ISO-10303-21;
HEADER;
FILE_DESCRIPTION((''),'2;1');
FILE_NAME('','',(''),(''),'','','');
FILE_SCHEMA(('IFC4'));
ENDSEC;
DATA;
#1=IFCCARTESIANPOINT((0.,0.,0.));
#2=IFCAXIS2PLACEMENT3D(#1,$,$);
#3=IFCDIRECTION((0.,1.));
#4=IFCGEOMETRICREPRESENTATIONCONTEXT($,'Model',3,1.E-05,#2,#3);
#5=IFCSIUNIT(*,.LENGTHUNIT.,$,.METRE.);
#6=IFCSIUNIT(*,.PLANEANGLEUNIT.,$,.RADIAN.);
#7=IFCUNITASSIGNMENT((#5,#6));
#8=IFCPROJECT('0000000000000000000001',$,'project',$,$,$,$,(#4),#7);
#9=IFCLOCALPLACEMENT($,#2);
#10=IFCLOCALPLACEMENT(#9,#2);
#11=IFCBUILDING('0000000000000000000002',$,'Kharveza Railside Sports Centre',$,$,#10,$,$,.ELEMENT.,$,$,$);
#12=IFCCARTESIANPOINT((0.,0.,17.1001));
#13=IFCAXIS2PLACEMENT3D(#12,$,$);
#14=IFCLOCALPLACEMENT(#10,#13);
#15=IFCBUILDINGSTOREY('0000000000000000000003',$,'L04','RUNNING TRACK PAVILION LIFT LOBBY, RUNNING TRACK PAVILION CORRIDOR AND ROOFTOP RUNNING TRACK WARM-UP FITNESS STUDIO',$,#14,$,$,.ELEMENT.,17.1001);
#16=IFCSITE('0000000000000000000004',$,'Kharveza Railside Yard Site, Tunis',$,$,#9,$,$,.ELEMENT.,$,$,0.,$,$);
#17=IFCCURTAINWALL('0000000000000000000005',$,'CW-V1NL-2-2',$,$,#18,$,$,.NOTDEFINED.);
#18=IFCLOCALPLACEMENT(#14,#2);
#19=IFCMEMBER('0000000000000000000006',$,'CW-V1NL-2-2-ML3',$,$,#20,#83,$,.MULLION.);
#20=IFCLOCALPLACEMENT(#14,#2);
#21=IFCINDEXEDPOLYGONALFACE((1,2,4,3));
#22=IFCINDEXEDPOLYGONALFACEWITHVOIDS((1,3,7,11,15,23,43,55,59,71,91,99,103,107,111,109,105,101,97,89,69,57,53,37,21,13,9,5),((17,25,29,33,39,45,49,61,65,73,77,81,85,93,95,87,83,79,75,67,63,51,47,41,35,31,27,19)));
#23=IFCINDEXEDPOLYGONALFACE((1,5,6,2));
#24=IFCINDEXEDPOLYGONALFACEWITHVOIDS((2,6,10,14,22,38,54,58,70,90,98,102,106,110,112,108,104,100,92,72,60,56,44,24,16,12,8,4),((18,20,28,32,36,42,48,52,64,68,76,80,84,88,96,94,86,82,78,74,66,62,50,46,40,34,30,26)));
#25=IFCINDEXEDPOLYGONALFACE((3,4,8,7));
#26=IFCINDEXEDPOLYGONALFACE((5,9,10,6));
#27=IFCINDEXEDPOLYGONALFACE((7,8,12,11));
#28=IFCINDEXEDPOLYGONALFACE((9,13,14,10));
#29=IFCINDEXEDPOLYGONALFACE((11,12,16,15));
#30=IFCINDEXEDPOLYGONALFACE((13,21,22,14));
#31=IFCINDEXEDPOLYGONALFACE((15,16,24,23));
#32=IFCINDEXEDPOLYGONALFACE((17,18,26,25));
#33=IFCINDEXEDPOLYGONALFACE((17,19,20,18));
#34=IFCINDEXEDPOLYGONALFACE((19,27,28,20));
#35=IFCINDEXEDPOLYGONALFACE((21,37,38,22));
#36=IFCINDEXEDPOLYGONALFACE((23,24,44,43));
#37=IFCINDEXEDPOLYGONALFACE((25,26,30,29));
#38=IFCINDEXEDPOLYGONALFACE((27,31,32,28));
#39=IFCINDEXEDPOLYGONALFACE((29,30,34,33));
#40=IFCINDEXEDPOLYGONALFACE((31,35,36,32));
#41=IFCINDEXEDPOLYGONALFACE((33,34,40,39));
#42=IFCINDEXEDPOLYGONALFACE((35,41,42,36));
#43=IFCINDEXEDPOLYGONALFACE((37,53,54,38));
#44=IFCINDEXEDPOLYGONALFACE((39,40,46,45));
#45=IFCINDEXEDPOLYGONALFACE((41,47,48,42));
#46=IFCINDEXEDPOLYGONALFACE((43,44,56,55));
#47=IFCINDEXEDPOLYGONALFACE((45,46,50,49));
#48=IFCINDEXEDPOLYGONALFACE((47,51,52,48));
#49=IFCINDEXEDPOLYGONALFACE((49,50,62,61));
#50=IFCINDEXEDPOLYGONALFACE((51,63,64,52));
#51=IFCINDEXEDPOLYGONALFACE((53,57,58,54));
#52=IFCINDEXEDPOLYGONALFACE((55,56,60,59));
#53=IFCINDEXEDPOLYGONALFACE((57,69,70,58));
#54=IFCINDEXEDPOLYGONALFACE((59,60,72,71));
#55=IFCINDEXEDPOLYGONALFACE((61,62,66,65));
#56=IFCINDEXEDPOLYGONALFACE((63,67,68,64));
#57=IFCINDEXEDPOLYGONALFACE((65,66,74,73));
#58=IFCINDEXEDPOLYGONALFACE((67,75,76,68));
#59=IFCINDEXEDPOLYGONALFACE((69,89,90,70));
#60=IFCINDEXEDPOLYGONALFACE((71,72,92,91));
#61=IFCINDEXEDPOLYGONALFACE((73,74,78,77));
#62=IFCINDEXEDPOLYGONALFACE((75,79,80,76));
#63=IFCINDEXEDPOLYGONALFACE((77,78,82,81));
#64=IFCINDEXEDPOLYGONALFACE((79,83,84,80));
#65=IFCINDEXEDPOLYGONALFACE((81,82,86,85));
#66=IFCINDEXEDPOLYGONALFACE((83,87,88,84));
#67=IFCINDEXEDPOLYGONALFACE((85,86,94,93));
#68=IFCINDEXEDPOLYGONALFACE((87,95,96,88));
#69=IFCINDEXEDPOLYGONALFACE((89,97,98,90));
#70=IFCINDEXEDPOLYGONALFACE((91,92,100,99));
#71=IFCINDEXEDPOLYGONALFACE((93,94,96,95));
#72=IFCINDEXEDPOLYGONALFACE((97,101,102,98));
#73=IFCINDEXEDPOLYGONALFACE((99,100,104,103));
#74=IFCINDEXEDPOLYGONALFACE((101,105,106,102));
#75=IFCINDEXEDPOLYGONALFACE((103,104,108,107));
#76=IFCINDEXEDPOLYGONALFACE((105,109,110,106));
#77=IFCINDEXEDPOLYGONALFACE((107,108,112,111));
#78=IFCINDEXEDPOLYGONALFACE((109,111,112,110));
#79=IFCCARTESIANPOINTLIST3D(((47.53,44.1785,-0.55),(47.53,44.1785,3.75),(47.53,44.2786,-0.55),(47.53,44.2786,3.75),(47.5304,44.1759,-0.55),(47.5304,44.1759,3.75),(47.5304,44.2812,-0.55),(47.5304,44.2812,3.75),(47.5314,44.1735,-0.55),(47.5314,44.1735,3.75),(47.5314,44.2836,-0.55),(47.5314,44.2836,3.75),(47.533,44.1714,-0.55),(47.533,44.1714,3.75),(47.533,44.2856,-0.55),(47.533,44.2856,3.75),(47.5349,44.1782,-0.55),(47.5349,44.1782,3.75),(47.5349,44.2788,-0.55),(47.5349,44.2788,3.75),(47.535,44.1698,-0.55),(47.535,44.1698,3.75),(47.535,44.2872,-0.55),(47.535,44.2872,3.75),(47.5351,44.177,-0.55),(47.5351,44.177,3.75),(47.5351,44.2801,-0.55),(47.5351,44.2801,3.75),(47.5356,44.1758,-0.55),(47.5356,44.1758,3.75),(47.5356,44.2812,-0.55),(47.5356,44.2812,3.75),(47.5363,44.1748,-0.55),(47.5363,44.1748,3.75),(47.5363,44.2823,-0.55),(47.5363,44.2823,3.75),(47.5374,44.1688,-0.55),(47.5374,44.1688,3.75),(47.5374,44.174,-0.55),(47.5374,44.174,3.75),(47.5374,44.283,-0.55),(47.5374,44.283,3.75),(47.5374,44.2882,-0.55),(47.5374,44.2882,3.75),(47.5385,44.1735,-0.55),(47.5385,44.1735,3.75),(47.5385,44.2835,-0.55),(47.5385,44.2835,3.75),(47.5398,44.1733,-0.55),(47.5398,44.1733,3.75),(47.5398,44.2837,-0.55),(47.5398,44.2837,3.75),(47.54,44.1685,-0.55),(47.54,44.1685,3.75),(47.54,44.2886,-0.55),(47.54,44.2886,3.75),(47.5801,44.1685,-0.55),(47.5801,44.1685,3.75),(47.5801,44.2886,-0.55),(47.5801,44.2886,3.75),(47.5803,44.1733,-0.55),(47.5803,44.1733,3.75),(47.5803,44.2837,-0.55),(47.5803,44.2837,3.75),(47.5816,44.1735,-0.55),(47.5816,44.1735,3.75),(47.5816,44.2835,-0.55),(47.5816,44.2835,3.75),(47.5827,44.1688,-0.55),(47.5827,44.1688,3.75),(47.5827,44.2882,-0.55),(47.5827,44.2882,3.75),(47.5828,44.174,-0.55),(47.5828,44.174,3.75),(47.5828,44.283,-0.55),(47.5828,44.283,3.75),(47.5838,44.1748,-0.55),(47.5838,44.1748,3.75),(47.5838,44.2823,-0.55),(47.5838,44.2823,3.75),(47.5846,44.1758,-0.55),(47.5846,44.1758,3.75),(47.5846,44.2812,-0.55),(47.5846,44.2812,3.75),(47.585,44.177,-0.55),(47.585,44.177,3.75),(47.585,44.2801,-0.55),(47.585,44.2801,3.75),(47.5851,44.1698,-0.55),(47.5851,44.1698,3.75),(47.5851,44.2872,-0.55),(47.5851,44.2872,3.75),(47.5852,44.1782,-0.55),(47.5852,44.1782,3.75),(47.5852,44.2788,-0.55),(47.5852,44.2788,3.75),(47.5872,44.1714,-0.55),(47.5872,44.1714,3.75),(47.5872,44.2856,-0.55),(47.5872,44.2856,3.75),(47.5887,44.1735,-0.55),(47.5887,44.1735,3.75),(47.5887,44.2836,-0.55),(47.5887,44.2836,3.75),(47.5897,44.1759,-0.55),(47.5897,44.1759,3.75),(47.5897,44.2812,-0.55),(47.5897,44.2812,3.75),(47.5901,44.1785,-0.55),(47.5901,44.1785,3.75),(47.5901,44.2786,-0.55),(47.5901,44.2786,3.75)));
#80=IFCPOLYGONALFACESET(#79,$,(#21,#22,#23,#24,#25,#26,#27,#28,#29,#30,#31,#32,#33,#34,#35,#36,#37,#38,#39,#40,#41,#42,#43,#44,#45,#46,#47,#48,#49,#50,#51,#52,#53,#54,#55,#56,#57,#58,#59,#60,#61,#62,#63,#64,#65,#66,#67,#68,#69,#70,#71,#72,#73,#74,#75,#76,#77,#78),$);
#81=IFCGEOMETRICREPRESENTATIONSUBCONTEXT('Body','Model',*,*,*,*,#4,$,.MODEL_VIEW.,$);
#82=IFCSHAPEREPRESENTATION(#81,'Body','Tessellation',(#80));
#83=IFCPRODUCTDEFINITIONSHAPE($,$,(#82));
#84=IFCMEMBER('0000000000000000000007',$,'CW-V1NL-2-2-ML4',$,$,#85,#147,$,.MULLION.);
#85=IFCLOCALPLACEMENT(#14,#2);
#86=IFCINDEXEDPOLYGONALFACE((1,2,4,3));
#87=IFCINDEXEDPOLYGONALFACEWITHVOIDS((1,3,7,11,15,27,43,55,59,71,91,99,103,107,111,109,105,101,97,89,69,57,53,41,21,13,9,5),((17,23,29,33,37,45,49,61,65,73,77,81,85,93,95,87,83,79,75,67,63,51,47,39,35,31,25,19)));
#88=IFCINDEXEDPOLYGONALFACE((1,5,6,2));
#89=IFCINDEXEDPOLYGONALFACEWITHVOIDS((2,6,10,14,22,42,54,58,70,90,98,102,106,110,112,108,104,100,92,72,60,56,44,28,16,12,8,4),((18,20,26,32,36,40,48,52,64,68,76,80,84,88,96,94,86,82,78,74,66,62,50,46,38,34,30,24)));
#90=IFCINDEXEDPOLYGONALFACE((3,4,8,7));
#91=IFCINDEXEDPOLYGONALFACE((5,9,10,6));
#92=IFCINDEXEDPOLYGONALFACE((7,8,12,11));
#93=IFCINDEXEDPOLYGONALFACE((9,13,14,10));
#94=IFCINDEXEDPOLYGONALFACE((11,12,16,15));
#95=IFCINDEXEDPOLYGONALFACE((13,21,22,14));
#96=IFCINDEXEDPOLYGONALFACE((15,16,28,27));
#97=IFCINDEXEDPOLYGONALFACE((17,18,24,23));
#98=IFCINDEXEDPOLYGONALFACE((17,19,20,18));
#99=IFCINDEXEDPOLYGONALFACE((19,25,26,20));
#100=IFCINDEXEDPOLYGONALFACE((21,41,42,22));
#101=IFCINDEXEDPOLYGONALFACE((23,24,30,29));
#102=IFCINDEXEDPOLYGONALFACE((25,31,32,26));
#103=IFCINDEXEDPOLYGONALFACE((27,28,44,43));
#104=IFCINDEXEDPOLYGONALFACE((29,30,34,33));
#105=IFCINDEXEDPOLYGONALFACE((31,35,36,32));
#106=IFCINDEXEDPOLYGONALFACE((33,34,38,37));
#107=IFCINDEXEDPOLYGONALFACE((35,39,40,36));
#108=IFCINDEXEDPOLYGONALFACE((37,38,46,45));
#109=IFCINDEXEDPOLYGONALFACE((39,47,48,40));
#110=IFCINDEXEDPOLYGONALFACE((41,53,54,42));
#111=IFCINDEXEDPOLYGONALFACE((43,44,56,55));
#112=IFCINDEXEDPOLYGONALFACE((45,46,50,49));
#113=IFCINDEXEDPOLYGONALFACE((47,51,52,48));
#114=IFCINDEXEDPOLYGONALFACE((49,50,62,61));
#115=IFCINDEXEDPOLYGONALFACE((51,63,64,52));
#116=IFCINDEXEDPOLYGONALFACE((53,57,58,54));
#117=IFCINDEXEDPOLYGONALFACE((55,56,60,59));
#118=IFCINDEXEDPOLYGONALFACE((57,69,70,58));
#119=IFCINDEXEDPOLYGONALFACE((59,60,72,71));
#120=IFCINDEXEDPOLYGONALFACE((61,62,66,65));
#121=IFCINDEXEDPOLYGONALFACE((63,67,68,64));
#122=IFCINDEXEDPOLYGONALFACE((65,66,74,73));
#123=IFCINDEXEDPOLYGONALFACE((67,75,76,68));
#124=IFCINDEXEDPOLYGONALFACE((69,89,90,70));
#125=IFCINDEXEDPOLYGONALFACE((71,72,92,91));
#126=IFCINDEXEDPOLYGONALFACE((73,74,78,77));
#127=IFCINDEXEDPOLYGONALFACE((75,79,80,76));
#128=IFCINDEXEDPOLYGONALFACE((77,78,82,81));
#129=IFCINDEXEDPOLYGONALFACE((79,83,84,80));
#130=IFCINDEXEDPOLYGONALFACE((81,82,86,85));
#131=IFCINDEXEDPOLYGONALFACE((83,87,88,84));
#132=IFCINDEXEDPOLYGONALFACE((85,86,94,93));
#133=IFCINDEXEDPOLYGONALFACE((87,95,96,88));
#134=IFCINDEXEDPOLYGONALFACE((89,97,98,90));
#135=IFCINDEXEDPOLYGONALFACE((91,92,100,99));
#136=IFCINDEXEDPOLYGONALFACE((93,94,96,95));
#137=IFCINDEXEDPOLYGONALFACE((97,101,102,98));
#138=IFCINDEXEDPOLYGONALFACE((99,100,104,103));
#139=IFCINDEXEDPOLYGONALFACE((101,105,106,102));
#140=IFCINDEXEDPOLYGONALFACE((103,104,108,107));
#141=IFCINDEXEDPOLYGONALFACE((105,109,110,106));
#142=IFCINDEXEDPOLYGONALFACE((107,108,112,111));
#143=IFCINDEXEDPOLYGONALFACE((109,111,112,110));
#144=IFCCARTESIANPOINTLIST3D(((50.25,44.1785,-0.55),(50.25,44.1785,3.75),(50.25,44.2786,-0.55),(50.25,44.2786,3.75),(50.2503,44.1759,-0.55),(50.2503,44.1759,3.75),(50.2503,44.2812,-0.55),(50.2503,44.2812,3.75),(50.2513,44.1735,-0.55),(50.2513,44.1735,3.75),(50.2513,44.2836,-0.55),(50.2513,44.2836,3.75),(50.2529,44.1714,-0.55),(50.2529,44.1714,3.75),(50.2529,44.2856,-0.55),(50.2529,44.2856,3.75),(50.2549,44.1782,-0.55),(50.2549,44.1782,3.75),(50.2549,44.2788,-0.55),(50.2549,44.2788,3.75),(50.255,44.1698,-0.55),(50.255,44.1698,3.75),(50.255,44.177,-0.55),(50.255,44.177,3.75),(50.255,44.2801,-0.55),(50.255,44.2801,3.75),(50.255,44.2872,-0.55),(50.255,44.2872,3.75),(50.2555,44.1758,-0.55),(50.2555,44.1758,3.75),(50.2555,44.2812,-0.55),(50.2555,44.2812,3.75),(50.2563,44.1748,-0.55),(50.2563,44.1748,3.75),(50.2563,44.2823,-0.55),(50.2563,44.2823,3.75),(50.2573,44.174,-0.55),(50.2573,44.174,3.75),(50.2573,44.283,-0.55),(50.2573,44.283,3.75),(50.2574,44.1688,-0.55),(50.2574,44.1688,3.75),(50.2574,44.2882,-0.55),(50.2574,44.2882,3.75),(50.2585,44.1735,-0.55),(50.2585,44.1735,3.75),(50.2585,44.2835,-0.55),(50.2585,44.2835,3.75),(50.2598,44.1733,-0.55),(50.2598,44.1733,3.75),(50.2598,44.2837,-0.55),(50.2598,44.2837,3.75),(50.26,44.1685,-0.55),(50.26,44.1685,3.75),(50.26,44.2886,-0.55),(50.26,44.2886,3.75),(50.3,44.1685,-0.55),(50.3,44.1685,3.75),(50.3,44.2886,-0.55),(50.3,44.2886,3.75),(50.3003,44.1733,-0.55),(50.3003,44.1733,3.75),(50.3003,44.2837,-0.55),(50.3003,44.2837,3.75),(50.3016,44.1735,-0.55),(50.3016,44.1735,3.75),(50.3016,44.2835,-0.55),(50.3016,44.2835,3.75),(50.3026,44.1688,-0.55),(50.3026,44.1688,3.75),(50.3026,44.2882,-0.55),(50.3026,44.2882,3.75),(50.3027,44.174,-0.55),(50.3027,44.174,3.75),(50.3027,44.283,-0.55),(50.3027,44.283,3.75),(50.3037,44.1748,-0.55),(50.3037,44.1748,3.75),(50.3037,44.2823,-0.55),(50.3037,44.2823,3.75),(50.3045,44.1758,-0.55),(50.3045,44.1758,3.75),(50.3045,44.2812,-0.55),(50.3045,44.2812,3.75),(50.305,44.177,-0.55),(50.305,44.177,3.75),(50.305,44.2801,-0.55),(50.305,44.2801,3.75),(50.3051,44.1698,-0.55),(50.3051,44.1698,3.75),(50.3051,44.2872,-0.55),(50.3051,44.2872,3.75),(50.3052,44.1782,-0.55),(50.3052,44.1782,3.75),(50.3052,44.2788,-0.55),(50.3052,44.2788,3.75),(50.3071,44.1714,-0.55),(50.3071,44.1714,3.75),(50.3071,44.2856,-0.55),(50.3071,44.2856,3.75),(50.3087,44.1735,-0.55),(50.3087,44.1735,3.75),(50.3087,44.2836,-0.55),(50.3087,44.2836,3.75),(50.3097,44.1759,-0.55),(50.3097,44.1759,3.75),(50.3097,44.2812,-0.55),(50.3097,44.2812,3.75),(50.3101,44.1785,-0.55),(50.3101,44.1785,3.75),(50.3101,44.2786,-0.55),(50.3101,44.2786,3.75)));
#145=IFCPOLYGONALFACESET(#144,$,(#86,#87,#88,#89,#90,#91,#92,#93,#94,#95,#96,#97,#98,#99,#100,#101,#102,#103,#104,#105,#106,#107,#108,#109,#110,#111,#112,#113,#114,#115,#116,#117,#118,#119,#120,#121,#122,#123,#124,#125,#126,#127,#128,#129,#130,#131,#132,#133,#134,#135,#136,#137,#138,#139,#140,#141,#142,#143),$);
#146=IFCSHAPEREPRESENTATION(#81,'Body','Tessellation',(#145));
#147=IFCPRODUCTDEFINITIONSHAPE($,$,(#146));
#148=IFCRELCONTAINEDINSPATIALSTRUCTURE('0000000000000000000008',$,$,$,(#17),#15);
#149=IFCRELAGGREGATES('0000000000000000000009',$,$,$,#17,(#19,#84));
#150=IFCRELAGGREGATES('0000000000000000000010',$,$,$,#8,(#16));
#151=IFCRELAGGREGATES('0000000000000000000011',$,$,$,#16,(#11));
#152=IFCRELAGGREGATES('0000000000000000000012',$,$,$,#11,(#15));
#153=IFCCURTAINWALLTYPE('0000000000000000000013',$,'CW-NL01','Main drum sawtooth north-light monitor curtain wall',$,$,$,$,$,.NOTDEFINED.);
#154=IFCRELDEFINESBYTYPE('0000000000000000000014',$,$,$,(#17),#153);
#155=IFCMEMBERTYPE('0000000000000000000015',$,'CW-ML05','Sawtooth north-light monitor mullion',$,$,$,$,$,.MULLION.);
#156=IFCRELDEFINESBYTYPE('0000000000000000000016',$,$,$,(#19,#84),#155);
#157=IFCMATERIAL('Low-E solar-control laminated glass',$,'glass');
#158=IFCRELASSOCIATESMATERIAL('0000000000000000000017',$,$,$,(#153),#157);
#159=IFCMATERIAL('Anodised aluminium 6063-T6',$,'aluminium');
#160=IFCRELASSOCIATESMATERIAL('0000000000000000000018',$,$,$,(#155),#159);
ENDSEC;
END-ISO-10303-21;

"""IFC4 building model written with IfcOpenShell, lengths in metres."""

from ifc_helpers import new_model, si_unit, direction, frame, origin, origin_2d, place, context, subcontext, project, spatial, hollow_rectangle, extrude, material, material_profile, profile_set, type_object, element, aggregate, save


model = new_model("IFC4")

# Units and contexts
model_context = context("Model", 3, precision=1e-05, world=origin(), true_north=direction((0.0, 1.0)))
body_context = subcontext(model_context, "Body", "Model", "MODEL_VIEW")
ifc_project = project(units=[si_unit("LENGTHUNIT", "METRE"), si_unit("PLANEANGLEUNIT", "RADIAN")], contexts=[model_context])

# Site, building, storey
site_placement = place(None, origin())
site = spatial("IfcSite", under=ifc_project, at=site_placement, Name="Kharveza Railside Yard Site, Tunis", CompositionType="ELEMENT", RefElevation=0.0)
building_placement = place(site_placement, origin())
building = spatial("IfcBuilding", under=site, at=building_placement, Name="Kharveza Railside Sports Centre", CompositionType="ELEMENT")
storey_placement = place(building_placement, frame((0.0, 0.0, 17.1001)))
storey = spatial("IfcBuildingStorey", under=building, at=storey_placement, Name="L04", Description="RUNNING TRACK PAVILION LIFT LOBBY, RUNNING TRACK PAVILION CORRIDOR AND ROOFTOP RUNNING TRACK WARM-UP FITNESS STUDIO", CompositionType="ELEMENT", Elevation=17.1001)

# Curtain wall, members
ifc_material_1 = material(Name="Low-E solar-control laminated glass", Category="glass")
curtain_wall_type = type_object("IfcCurtainWallType", Name="CW-NL01", Description="Main drum sawtooth north-light monitor curtain wall", PredefinedType="NOTDEFINED", material=ifc_material_1)
curtain_wall_1_placement = place(storey_placement, origin())
curtain_wall_1 = element("IfcCurtainWall", 1, at=curtain_wall_1_placement, inside=storey, type_object=curtain_wall_type, Name="CW-V1NL-2-2", PredefinedType="NOTDEFINED")
ifc_material_2 = material(Name="Anodised aluminium 6063-T6", Category="aluminium")
ifc_material_profile_1 = material_profile(ifc_material_2, hollow_rectangle(XDim=0.0601, YDim=0.1201, WallThickness=0.0049, InnerFilletRadius=0.0049, OuterFilletRadius=0.01, at=origin_2d()), Name="RHS 60x120x5.0")
ifc_profile_set_1 = profile_set([ifc_material_profile_1], Name="Anodised aluminium 6063-T6")
member_type_1 = type_object("IfcMemberType", Name="CW-ML05", Description="Sawtooth north-light monitor mullion", PredefinedType="MULLION", material=ifc_profile_set_1)
member_1_placement = place(storey_placement, frame((47.5601, 44.2285, -0.55), z_axis=(0.0, 0.0, 1.0), x_axis=(1.0, 0.0, 0.0)))
member_1 = element("IfcMember", 2, at=member_1_placement, type_object=member_type_1, Name="CW-V1NL-2-2-ML3", PredefinedType="MULLION", context=body_context, shape_type="SweptSolid", body=[
    extrude(hollow_rectangle(XDim=0.0601, YDim=0.1201, WallThickness=0.0049, InnerFilletRadius=0.0049, OuterFilletRadius=0.01, at=origin_2d()), origin(), (0.0, 0.0, 1.0), 4.3),
])
member_2_placement = place(storey_placement, frame((50.28, 44.2285, -0.55), z_axis=(0.0, 0.0, 1.0), x_axis=(1.0, 0.0, 0.0)))
member_2 = element("IfcMember", 3, at=member_2_placement, type_object=member_type_1, Name="CW-V1NL-2-2-ML4", PredefinedType="MULLION", context=body_context, shape_type="SweptSolid", body=[
    extrude(hollow_rectangle(XDim=0.0601, YDim=0.1201, WallThickness=0.0049, InnerFilletRadius=0.0049, OuterFilletRadius=0.01, at=origin_2d()), origin(), (0.0, 0.0, 1.0), 4.3),
])

aggregate(curtain_wall_1, [member_1, member_2])

save(model, "model.ifc")
